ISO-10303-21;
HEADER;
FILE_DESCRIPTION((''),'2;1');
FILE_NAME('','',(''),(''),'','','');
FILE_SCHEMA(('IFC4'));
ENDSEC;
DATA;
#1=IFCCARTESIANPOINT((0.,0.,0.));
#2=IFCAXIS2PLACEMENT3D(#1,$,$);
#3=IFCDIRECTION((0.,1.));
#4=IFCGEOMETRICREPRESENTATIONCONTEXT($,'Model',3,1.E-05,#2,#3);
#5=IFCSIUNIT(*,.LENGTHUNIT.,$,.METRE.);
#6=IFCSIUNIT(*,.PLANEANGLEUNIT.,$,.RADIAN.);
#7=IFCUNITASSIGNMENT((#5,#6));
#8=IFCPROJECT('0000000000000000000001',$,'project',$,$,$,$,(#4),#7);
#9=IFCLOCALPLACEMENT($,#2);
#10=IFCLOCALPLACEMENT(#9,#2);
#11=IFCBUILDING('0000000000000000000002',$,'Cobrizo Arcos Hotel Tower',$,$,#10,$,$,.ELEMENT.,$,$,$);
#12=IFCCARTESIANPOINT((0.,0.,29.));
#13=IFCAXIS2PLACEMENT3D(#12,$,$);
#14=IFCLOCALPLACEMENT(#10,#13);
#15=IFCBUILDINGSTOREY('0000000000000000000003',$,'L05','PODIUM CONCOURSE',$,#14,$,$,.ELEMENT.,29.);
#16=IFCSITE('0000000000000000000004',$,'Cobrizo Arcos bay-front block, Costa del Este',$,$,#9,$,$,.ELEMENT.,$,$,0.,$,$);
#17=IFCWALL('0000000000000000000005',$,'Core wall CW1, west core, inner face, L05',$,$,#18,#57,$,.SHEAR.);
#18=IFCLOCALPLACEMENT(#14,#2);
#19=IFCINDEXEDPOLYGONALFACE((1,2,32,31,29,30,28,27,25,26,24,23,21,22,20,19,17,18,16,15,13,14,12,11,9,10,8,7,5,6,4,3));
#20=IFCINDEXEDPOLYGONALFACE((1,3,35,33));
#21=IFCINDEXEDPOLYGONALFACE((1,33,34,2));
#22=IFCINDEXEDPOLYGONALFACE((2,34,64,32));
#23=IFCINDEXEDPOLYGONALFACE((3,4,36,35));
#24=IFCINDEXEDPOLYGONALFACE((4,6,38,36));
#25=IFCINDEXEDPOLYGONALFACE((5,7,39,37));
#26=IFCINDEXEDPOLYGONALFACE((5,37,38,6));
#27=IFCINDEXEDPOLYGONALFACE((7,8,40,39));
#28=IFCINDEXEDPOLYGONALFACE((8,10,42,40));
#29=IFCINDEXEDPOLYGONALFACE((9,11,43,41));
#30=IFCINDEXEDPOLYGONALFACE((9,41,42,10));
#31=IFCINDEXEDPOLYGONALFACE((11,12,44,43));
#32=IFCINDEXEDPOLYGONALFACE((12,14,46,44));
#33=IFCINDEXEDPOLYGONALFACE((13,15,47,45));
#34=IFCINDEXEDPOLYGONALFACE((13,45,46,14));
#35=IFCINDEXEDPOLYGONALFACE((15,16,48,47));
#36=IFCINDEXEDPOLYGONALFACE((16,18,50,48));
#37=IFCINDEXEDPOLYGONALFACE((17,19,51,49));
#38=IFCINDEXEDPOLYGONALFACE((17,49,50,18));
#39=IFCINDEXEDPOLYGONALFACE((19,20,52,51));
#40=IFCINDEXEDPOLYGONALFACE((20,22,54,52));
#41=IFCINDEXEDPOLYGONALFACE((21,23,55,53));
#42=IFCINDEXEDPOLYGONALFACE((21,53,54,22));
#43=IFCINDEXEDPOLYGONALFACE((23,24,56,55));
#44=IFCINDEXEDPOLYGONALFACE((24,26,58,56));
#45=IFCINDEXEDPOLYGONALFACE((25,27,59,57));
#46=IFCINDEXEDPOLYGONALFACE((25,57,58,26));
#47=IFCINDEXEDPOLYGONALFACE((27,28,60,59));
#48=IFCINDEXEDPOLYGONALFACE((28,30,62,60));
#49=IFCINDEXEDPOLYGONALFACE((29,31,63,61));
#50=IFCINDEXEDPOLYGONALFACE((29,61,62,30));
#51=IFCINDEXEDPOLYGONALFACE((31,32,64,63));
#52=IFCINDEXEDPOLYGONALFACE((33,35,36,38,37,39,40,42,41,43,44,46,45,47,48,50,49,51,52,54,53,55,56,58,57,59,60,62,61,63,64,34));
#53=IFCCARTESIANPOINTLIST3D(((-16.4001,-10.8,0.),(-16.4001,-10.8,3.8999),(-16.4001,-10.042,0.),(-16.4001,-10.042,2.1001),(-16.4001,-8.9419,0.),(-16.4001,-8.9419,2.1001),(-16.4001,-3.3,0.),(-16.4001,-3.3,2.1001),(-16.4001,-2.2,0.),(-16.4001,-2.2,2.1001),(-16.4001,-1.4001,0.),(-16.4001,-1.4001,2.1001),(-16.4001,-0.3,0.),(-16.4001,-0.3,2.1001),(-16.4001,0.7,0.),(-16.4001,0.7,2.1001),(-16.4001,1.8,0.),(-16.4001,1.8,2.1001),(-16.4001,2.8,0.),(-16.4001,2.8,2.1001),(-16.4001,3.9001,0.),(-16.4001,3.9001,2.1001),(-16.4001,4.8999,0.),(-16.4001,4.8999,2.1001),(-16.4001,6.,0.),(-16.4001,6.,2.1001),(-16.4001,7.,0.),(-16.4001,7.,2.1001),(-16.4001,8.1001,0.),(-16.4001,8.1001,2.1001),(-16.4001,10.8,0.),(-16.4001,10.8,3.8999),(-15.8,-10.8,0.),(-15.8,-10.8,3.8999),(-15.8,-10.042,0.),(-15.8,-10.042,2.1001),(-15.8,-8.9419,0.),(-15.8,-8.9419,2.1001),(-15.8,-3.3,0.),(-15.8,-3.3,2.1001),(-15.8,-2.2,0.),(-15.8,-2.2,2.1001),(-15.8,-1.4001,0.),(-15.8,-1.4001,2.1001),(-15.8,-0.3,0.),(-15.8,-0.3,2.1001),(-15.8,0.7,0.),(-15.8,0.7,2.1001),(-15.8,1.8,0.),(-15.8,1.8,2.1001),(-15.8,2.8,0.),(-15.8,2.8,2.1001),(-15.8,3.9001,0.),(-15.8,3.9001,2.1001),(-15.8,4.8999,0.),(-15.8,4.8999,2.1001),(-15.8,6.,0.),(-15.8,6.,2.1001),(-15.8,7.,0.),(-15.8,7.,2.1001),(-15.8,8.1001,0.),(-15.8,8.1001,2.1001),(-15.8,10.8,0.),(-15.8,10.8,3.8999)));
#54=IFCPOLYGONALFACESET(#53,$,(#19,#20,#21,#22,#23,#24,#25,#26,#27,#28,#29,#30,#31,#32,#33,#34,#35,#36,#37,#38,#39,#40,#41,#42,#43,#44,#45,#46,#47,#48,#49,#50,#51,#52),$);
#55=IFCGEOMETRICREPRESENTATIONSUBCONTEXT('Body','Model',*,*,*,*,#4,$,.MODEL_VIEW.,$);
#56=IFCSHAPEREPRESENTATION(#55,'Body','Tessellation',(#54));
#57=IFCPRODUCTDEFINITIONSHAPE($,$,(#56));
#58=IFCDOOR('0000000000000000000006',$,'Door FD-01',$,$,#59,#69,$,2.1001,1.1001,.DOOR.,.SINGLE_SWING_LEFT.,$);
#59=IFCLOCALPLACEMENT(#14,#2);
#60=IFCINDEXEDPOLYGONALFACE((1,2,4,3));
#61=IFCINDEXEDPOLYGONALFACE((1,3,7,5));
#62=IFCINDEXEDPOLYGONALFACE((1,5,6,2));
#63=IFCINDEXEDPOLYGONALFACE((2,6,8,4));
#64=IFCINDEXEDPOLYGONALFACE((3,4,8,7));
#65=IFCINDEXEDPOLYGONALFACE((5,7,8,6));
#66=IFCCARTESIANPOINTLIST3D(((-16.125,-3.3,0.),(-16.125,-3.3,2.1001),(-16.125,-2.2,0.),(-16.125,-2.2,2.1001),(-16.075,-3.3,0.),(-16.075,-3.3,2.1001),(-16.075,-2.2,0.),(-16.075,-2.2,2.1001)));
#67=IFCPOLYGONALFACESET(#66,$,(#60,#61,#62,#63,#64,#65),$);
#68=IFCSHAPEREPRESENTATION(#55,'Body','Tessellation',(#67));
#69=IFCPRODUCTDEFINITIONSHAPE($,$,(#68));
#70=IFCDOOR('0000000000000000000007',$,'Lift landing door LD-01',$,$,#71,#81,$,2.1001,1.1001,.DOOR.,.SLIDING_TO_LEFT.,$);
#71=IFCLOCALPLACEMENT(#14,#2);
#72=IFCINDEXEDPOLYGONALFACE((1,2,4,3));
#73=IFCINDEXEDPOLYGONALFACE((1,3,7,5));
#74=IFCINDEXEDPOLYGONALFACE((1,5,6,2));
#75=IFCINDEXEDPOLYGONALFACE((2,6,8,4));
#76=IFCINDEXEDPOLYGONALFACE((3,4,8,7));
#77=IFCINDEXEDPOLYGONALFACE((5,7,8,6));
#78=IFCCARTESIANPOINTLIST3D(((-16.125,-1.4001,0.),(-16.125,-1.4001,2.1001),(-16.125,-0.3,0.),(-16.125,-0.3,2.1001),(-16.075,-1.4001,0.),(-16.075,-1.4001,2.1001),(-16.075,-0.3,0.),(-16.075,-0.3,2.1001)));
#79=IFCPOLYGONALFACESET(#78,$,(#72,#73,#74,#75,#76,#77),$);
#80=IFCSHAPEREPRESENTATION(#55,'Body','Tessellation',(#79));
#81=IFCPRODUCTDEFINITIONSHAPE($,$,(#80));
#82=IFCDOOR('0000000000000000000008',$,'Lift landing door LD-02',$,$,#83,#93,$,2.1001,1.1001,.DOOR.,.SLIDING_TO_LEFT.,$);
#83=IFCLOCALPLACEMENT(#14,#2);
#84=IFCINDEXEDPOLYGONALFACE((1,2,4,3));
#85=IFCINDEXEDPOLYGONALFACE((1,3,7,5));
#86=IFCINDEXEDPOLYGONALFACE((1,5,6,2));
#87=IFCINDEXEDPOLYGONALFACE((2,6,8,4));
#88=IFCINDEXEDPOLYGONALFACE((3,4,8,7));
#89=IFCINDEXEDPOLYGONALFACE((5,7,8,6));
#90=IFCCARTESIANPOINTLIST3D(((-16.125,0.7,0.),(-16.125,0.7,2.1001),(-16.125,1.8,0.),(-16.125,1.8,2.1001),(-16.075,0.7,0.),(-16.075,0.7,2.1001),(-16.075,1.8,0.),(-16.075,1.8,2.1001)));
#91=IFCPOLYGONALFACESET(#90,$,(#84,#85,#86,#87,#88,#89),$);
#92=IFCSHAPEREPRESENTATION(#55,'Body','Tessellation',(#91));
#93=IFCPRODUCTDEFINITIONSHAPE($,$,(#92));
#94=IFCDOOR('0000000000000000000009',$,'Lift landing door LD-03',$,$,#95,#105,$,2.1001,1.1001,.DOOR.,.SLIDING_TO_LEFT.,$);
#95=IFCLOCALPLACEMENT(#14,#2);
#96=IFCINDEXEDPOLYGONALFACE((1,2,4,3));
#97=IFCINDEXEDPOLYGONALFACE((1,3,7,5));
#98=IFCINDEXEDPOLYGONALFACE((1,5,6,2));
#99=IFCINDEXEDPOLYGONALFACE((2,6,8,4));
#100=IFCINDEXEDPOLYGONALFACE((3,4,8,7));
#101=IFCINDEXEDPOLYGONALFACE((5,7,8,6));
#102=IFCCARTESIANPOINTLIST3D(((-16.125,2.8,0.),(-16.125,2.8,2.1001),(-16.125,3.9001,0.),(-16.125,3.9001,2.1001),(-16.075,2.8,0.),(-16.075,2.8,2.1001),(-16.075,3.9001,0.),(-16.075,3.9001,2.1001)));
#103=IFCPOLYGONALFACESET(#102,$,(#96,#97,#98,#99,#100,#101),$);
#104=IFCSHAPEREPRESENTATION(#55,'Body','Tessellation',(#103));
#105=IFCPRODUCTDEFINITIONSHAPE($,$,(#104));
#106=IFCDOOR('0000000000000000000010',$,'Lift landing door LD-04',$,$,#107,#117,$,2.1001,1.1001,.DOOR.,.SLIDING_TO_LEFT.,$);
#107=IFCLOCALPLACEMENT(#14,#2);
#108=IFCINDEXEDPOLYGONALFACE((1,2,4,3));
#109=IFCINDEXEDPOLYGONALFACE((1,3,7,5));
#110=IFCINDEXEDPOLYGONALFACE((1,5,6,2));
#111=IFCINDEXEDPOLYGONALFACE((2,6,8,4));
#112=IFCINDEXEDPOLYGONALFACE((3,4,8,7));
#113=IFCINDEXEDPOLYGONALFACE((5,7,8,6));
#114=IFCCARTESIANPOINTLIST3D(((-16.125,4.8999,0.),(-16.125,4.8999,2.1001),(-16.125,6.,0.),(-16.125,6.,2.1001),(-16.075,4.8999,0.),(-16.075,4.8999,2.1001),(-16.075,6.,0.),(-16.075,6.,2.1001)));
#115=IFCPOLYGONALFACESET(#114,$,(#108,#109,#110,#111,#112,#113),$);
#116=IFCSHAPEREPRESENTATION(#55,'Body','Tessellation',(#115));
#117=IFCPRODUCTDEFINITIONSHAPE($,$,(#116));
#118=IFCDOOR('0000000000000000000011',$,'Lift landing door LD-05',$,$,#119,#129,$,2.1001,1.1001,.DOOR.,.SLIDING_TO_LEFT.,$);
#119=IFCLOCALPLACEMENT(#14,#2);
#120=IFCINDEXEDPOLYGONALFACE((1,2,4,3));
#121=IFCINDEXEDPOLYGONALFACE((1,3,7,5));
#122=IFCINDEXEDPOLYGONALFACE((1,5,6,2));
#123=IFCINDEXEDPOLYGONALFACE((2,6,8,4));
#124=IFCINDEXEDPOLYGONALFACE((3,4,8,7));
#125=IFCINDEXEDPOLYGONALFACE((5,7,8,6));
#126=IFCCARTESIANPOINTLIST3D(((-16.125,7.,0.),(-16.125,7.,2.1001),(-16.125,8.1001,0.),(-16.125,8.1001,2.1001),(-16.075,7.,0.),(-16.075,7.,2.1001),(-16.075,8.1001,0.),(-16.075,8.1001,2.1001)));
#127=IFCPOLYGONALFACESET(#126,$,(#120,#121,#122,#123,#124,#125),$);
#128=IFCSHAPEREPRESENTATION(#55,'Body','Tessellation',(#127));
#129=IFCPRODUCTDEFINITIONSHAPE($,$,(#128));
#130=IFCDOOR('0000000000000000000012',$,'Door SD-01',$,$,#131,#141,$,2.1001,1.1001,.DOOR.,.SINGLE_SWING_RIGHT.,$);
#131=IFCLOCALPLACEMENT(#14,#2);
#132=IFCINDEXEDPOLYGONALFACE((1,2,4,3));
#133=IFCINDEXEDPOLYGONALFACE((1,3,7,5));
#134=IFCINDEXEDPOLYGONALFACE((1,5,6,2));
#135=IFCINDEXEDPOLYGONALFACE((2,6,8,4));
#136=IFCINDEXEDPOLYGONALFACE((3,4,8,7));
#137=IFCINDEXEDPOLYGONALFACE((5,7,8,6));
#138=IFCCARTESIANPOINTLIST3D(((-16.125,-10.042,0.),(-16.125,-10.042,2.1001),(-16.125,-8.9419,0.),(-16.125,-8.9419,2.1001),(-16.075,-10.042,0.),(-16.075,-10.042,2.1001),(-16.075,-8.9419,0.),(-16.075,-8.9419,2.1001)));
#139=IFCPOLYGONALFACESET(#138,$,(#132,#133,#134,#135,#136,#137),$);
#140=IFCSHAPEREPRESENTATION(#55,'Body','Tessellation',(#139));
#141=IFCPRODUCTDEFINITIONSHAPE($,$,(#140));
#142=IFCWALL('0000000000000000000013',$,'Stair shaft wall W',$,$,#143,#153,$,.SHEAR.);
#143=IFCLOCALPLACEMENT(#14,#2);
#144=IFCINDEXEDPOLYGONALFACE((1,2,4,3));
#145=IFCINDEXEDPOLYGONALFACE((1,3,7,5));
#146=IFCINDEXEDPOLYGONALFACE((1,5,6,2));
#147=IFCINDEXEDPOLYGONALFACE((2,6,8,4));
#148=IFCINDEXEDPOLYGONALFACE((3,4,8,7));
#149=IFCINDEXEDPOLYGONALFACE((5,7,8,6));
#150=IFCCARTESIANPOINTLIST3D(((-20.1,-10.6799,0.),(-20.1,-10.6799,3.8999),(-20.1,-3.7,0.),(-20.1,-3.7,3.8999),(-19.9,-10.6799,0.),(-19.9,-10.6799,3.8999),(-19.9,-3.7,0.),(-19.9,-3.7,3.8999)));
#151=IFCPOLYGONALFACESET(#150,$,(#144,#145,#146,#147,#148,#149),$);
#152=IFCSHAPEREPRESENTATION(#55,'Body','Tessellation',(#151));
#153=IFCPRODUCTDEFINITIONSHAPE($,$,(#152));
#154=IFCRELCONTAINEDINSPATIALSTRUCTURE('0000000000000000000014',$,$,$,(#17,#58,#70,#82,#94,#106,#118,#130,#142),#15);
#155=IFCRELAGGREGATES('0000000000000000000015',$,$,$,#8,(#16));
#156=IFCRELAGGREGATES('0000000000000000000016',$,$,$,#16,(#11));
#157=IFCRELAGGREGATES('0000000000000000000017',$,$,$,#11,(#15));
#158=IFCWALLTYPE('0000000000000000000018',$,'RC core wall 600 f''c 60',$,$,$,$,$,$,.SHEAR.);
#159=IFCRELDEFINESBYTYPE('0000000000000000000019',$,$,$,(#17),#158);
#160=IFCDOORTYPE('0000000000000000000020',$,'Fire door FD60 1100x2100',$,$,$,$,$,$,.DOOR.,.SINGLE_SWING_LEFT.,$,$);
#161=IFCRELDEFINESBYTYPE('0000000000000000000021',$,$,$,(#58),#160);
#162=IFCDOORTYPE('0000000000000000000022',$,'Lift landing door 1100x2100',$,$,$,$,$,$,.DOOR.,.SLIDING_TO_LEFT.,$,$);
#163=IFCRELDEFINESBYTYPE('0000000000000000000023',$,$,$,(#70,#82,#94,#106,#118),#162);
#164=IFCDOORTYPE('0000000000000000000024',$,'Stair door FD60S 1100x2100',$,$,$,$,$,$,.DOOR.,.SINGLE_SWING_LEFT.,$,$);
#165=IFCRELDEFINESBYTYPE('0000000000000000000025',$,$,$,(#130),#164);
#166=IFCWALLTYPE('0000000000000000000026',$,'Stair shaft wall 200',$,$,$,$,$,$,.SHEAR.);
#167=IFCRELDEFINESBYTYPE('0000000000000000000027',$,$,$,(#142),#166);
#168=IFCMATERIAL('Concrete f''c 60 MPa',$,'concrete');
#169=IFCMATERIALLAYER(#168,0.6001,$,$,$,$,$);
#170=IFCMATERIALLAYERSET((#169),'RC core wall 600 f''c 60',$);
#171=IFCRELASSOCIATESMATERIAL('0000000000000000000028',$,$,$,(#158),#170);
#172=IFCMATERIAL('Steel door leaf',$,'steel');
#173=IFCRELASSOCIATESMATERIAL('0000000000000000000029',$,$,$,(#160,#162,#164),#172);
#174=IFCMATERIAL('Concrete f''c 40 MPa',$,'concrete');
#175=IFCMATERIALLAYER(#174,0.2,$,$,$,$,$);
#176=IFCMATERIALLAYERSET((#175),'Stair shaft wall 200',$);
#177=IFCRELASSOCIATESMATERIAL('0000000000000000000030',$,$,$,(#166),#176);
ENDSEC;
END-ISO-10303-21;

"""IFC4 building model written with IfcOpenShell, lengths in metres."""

from ifc_helpers import new_model, si_unit, direction, frame, frame_2d, origin, place, context, subcontext, project, spatial, rectangle, extrude, material, layer, layer_set, type_object, element, fill, save


model = new_model("IFC4")

# Units and contexts
model_context = context("Model", 3, precision=1e-05, world=origin(), true_north=direction((0.0, 1.0)))
body_context = subcontext(model_context, "Body", "Model", "MODEL_VIEW")
ifc_project = project(units=[si_unit("LENGTHUNIT", "METRE"), si_unit("PLANEANGLEUNIT", "RADIAN")], contexts=[model_context])

# Site, building, storey
site_placement = place(None, origin())
site = spatial("IfcSite", under=ifc_project, at=site_placement, Name="Cobrizo Arcos bay-front block, Costa del Este", CompositionType="ELEMENT", RefElevation=0.0)
building_placement = place(site_placement, origin())
building = spatial("IfcBuilding", under=site, at=building_placement, Name="Cobrizo Arcos Hotel Tower", CompositionType="ELEMENT")
storey_placement = place(building_placement, frame((0.0, 0.0, 29.0)))
storey = spatial("IfcBuildingStorey", under=building, at=storey_placement, Name="L05", Description="PODIUM CONCOURSE", CompositionType="ELEMENT", Elevation=29.0)

# Wall, openings, doors
ifc_material_1 = material(Name="Concrete f'c 60 MPa", Category="concrete")
ifc_layer_1 = layer(ifc_material_1, 0.6001)
ifc_layer_set_1 = layer_set([ifc_layer_1], Name="RC core wall 600 f'c 60")
wall_type_1 = type_object("IfcWallType", Name="RC core wall 600 f'c 60", PredefinedType="SHEAR", material=ifc_layer_set_1)
wall_1_placement = place(storey_placement, frame((-16.1001, -10.8, 0.0), z_axis=(0.0, 0.0, 1.0), x_axis=(0.0, 1.0, 0.0)))
wall_1 = element("IfcWall", 1, at=wall_1_placement, inside=storey, type_object=wall_type_1, Name="Core wall CW1, west core, inner face, L05", PredefinedType="SHEAR", context=body_context, shape_type="SweptSolid", body=[
    extrude(rectangle(XDim=21.6001, YDim=0.6001, at=frame_2d((10.8, 0.0))), origin(), (0.0, 0.0, 1.0), 3.8999),
])
opening_1_placement = place(wall_1_placement, frame((9.3999, 0.0, 0.0)))
opening_1 = element("IfcOpeningElement", 2, at=opening_1_placement, cuts=wall_1, PredefinedType="OPENING", context=body_context, shape_type="SweptSolid", body=[
    extrude(rectangle(XDim=1.1001, YDim=2.1001, at=frame_2d((0.55, 1.05))), frame((0.0, 0.312, 0.0), z_axis=(0.0, -1.0, 0.0), x_axis=(1.0, 0.0, 0.0)), (0.0, 0.0, 1.0), 0.624),
])
opening_2_placement = place(wall_1_placement, frame((11.5, 0.0, 0.0)))
opening_2 = element("IfcOpeningElement", 3, at=opening_2_placement, cuts=wall_1, PredefinedType="OPENING", context=body_context, shape_type="SweptSolid", body=[
    extrude(rectangle(XDim=1.1001, YDim=2.1001, at=frame_2d((0.55, 1.05))), frame((0.0, 0.312, 0.0), z_axis=(0.0, -1.0, 0.0), x_axis=(1.0, 0.0, 0.0)), (0.0, 0.0, 1.0), 0.624),
])
opening_3_placement = place(wall_1_placement, frame((13.6001, 0.0, 0.0)))
opening_3 = element("IfcOpeningElement", 4, at=opening_3_placement, cuts=wall_1, PredefinedType="OPENING", context=body_context, shape_type="SweptSolid", body=[
    extrude(rectangle(XDim=1.1001, YDim=2.1001, at=frame_2d((0.55, 1.05))), frame((0.0, 0.312, 0.0), z_axis=(0.0, -1.0, 0.0), x_axis=(1.0, 0.0, 0.0)), (0.0, 0.0, 1.0), 0.624),
])
opening_4_placement = place(wall_1_placement, frame((15.7, 0.0, 0.0)))
opening_4 = element("IfcOpeningElement", 5, at=opening_4_placement, cuts=wall_1, PredefinedType="OPENING", context=body_context, shape_type="SweptSolid", body=[
    extrude(rectangle(XDim=1.1001, YDim=2.1001, at=frame_2d((0.55, 1.05))), frame((0.0, 0.312, 0.0), z_axis=(0.0, -1.0, 0.0), x_axis=(1.0, 0.0, 0.0)), (0.0, 0.0, 1.0), 0.624),
])
opening_5_placement = place(wall_1_placement, frame((17.8, 0.0, 0.0)))
opening_5 = element("IfcOpeningElement", 6, at=opening_5_placement, cuts=wall_1, PredefinedType="OPENING", context=body_context, shape_type="SweptSolid", body=[
    extrude(rectangle(XDim=1.1001, YDim=2.1001, at=frame_2d((0.55, 1.05))), frame((0.0, 0.312, 0.0), z_axis=(0.0, -1.0, 0.0), x_axis=(1.0, 0.0, 0.0)), (0.0, 0.0, 1.0), 0.624),
])
opening_6_placement = place(wall_1_placement, frame((0.7581, 0.0, 0.0)))
opening_6 = element("IfcOpeningElement", 7, at=opening_6_placement, cuts=wall_1, PredefinedType="OPENING", context=body_context, shape_type="SweptSolid", body=[
    extrude(rectangle(XDim=1.1001, YDim=2.1001, at=frame_2d((0.55, 1.05))), frame((0.0, 0.312, 0.0), z_axis=(0.0, -1.0, 0.0), x_axis=(1.0, 0.0, 0.0)), (0.0, 0.0, 1.0), 0.624),
])
opening_7_placement = place(wall_1_placement, frame((7.5, 0.0, 0.0)))
opening_7 = element("IfcOpeningElement", 8, at=opening_7_placement, cuts=wall_1, PredefinedType="OPENING", context=body_context, shape_type="SweptSolid", body=[
    extrude(rectangle(XDim=1.1001, YDim=2.1001, at=frame_2d((0.55, 1.05))), frame((0.0, 0.312, 0.0), z_axis=(0.0, -1.0, 0.0), x_axis=(1.0, 0.0, 0.0)), (0.0, 0.0, 1.0), 0.624),
])
ifc_material_2 = material(Name="Steel door leaf", Category="steel")
door_type_1 = type_object("IfcDoorType", Name="Fire door FD60 1100x2100", OperationType="SINGLE_SWING_LEFT", PredefinedType="DOOR", material=ifc_material_2)
door_1_placement = place(opening_7_placement, origin())
door_1 = element("IfcDoor", 9, at=door_1_placement, inside=storey, type_object=door_type_1, Name="Door FD-01", OperationType="SINGLE_SWING_LEFT", OverallHeight=2.1001, OverallWidth=1.1001, PredefinedType="DOOR", context=body_context, shape_type="SweptSolid", body=[
    extrude(rectangle(XDim=1.1001, YDim=2.1001, at=frame_2d((0.55, 1.05))), frame((0.0, 0.0249, 0.0), z_axis=(0.0, -1.0, 0.0), x_axis=(1.0, 0.0, 0.0)), (0.0, 0.0, 1.0), 0.05),
])
fill(opening_7, door_1)
door_type_2 = type_object("IfcDoorType", Name="Lift landing door 1100x2100", OperationType="SLIDING_TO_LEFT", PredefinedType="DOOR", material=ifc_material_2)
door_2_placement = place(opening_1_placement, origin())
door_2 = element("IfcDoor", 10, at=door_2_placement, inside=storey, type_object=door_type_2, Name="Lift landing door LD-01", OperationType="SLIDING_TO_LEFT", OverallHeight=2.1001, OverallWidth=1.1001, PredefinedType="DOOR", context=body_context, shape_type="SweptSolid", body=[
    extrude(rectangle(XDim=1.1001, YDim=2.1001, at=frame_2d((0.55, 1.05))), frame((0.0, 0.0249, 0.0), z_axis=(0.0, -1.0, 0.0), x_axis=(1.0, 0.0, 0.0)), (0.0, 0.0, 1.0), 0.05),
])
fill(opening_1, door_2)
door_3_placement = place(opening_2_placement, origin())
door_3 = element("IfcDoor", 11, at=door_3_placement, inside=storey, type_object=door_type_2, Name="Lift landing door LD-02", OperationType="SLIDING_TO_LEFT", OverallHeight=2.1001, OverallWidth=1.1001, PredefinedType="DOOR", context=body_context, shape_type="SweptSolid", body=[
    extrude(rectangle(XDim=1.1001, YDim=2.1001, at=frame_2d((0.55, 1.05))), frame((0.0, 0.0249, 0.0), z_axis=(0.0, -1.0, 0.0), x_axis=(1.0, 0.0, 0.0)), (0.0, 0.0, 1.0), 0.05),
])
fill(opening_2, door_3)
door_4_placement = place(opening_3_placement, origin())
door_4 = element("IfcDoor", 12, at=door_4_placement, inside=storey, type_object=door_type_2, Name="Lift landing door LD-03", OperationType="SLIDING_TO_LEFT", OverallHeight=2.1001, OverallWidth=1.1001, PredefinedType="DOOR", context=body_context, shape_type="SweptSolid", body=[
    extrude(rectangle(XDim=1.1001, YDim=2.1001, at=frame_2d((0.55, 1.05))), frame((0.0, 0.0249, 0.0), z_axis=(0.0, -1.0, 0.0), x_axis=(1.0, 0.0, 0.0)), (0.0, 0.0, 1.0), 0.05),
])
fill(opening_3, door_4)
door_5_placement = place(opening_4_placement, origin())
door_5 = element("IfcDoor", 13, at=door_5_placement, inside=storey, type_object=door_type_2, Name="Lift landing door LD-04", OperationType="SLIDING_TO_LEFT", OverallHeight=2.1001, OverallWidth=1.1001, PredefinedType="DOOR", context=body_context, shape_type="SweptSolid", body=[
    extrude(rectangle(XDim=1.1001, YDim=2.1001, at=frame_2d((0.55, 1.05))), frame((0.0, 0.0249, 0.0), z_axis=(0.0, -1.0, 0.0), x_axis=(1.0, 0.0, 0.0)), (0.0, 0.0, 1.0), 0.05),
])
fill(opening_4, door_5)
door_6_placement = place(opening_5_placement, origin())
door_6 = element("IfcDoor", 14, at=door_6_placement, inside=storey, type_object=door_type_2, Name="Lift landing door LD-05", OperationType="SLIDING_TO_LEFT", OverallHeight=2.1001, OverallWidth=1.1001, PredefinedType="DOOR", context=body_context, shape_type="SweptSolid", body=[
    extrude(rectangle(XDim=1.1001, YDim=2.1001, at=frame_2d((0.55, 1.05))), frame((0.0, 0.0249, 0.0), z_axis=(0.0, -1.0, 0.0), x_axis=(1.0, 0.0, 0.0)), (0.0, 0.0, 1.0), 0.05),
])
fill(opening_5, door_6)
door_type_3 = type_object("IfcDoorType", Name="Stair door FD60S 1100x2100", OperationType="SINGLE_SWING_LEFT", PredefinedType="DOOR", material=ifc_material_2)
door_7_placement = place(opening_6_placement, origin())
door_7 = element("IfcDoor", 15, at=door_7_placement, inside=storey, type_object=door_type_3, Name="Door SD-01", OperationType="SINGLE_SWING_RIGHT", OverallHeight=2.1001, OverallWidth=1.1001, PredefinedType="DOOR", context=body_context, shape_type="SweptSolid", body=[
    extrude(rectangle(XDim=1.1001, YDim=2.1001, at=frame_2d((0.55, 1.05))), frame((0.0, 0.0249, 0.0), z_axis=(0.0, -1.0, 0.0), x_axis=(1.0, 0.0, 0.0)), (0.0, 0.0, 1.0), 0.05),
])
fill(opening_6, door_7)

# Wall
ifc_material_3 = material(Name="Concrete f'c 40 MPa", Category="concrete")
ifc_layer_2 = layer(ifc_material_3, 0.2)
ifc_layer_set_2 = layer_set([ifc_layer_2], Name="Stair shaft wall 200")
wall_type_2 = type_object("IfcWallType", Name="Stair shaft wall 200", PredefinedType="SHEAR", material=ifc_layer_set_2)
wall_2_placement = place(storey_placement, frame((-20.0, -10.6799, 0.0), z_axis=(0.0, 0.0, 1.0), x_axis=(0.0, 1.0, 0.0)))
element("IfcWall", 16, at=wall_2_placement, inside=storey, type_object=wall_type_2, Name="Stair shaft wall W", PredefinedType="SHEAR", context=body_context, shape_type="SweptSolid", body=[
    extrude(rectangle(XDim=6.98, YDim=0.2, at=frame_2d((3.49, 0.0))), origin(), (0.0, 0.0, 1.0), 3.8999),
])

save(model, "model.ifc")
